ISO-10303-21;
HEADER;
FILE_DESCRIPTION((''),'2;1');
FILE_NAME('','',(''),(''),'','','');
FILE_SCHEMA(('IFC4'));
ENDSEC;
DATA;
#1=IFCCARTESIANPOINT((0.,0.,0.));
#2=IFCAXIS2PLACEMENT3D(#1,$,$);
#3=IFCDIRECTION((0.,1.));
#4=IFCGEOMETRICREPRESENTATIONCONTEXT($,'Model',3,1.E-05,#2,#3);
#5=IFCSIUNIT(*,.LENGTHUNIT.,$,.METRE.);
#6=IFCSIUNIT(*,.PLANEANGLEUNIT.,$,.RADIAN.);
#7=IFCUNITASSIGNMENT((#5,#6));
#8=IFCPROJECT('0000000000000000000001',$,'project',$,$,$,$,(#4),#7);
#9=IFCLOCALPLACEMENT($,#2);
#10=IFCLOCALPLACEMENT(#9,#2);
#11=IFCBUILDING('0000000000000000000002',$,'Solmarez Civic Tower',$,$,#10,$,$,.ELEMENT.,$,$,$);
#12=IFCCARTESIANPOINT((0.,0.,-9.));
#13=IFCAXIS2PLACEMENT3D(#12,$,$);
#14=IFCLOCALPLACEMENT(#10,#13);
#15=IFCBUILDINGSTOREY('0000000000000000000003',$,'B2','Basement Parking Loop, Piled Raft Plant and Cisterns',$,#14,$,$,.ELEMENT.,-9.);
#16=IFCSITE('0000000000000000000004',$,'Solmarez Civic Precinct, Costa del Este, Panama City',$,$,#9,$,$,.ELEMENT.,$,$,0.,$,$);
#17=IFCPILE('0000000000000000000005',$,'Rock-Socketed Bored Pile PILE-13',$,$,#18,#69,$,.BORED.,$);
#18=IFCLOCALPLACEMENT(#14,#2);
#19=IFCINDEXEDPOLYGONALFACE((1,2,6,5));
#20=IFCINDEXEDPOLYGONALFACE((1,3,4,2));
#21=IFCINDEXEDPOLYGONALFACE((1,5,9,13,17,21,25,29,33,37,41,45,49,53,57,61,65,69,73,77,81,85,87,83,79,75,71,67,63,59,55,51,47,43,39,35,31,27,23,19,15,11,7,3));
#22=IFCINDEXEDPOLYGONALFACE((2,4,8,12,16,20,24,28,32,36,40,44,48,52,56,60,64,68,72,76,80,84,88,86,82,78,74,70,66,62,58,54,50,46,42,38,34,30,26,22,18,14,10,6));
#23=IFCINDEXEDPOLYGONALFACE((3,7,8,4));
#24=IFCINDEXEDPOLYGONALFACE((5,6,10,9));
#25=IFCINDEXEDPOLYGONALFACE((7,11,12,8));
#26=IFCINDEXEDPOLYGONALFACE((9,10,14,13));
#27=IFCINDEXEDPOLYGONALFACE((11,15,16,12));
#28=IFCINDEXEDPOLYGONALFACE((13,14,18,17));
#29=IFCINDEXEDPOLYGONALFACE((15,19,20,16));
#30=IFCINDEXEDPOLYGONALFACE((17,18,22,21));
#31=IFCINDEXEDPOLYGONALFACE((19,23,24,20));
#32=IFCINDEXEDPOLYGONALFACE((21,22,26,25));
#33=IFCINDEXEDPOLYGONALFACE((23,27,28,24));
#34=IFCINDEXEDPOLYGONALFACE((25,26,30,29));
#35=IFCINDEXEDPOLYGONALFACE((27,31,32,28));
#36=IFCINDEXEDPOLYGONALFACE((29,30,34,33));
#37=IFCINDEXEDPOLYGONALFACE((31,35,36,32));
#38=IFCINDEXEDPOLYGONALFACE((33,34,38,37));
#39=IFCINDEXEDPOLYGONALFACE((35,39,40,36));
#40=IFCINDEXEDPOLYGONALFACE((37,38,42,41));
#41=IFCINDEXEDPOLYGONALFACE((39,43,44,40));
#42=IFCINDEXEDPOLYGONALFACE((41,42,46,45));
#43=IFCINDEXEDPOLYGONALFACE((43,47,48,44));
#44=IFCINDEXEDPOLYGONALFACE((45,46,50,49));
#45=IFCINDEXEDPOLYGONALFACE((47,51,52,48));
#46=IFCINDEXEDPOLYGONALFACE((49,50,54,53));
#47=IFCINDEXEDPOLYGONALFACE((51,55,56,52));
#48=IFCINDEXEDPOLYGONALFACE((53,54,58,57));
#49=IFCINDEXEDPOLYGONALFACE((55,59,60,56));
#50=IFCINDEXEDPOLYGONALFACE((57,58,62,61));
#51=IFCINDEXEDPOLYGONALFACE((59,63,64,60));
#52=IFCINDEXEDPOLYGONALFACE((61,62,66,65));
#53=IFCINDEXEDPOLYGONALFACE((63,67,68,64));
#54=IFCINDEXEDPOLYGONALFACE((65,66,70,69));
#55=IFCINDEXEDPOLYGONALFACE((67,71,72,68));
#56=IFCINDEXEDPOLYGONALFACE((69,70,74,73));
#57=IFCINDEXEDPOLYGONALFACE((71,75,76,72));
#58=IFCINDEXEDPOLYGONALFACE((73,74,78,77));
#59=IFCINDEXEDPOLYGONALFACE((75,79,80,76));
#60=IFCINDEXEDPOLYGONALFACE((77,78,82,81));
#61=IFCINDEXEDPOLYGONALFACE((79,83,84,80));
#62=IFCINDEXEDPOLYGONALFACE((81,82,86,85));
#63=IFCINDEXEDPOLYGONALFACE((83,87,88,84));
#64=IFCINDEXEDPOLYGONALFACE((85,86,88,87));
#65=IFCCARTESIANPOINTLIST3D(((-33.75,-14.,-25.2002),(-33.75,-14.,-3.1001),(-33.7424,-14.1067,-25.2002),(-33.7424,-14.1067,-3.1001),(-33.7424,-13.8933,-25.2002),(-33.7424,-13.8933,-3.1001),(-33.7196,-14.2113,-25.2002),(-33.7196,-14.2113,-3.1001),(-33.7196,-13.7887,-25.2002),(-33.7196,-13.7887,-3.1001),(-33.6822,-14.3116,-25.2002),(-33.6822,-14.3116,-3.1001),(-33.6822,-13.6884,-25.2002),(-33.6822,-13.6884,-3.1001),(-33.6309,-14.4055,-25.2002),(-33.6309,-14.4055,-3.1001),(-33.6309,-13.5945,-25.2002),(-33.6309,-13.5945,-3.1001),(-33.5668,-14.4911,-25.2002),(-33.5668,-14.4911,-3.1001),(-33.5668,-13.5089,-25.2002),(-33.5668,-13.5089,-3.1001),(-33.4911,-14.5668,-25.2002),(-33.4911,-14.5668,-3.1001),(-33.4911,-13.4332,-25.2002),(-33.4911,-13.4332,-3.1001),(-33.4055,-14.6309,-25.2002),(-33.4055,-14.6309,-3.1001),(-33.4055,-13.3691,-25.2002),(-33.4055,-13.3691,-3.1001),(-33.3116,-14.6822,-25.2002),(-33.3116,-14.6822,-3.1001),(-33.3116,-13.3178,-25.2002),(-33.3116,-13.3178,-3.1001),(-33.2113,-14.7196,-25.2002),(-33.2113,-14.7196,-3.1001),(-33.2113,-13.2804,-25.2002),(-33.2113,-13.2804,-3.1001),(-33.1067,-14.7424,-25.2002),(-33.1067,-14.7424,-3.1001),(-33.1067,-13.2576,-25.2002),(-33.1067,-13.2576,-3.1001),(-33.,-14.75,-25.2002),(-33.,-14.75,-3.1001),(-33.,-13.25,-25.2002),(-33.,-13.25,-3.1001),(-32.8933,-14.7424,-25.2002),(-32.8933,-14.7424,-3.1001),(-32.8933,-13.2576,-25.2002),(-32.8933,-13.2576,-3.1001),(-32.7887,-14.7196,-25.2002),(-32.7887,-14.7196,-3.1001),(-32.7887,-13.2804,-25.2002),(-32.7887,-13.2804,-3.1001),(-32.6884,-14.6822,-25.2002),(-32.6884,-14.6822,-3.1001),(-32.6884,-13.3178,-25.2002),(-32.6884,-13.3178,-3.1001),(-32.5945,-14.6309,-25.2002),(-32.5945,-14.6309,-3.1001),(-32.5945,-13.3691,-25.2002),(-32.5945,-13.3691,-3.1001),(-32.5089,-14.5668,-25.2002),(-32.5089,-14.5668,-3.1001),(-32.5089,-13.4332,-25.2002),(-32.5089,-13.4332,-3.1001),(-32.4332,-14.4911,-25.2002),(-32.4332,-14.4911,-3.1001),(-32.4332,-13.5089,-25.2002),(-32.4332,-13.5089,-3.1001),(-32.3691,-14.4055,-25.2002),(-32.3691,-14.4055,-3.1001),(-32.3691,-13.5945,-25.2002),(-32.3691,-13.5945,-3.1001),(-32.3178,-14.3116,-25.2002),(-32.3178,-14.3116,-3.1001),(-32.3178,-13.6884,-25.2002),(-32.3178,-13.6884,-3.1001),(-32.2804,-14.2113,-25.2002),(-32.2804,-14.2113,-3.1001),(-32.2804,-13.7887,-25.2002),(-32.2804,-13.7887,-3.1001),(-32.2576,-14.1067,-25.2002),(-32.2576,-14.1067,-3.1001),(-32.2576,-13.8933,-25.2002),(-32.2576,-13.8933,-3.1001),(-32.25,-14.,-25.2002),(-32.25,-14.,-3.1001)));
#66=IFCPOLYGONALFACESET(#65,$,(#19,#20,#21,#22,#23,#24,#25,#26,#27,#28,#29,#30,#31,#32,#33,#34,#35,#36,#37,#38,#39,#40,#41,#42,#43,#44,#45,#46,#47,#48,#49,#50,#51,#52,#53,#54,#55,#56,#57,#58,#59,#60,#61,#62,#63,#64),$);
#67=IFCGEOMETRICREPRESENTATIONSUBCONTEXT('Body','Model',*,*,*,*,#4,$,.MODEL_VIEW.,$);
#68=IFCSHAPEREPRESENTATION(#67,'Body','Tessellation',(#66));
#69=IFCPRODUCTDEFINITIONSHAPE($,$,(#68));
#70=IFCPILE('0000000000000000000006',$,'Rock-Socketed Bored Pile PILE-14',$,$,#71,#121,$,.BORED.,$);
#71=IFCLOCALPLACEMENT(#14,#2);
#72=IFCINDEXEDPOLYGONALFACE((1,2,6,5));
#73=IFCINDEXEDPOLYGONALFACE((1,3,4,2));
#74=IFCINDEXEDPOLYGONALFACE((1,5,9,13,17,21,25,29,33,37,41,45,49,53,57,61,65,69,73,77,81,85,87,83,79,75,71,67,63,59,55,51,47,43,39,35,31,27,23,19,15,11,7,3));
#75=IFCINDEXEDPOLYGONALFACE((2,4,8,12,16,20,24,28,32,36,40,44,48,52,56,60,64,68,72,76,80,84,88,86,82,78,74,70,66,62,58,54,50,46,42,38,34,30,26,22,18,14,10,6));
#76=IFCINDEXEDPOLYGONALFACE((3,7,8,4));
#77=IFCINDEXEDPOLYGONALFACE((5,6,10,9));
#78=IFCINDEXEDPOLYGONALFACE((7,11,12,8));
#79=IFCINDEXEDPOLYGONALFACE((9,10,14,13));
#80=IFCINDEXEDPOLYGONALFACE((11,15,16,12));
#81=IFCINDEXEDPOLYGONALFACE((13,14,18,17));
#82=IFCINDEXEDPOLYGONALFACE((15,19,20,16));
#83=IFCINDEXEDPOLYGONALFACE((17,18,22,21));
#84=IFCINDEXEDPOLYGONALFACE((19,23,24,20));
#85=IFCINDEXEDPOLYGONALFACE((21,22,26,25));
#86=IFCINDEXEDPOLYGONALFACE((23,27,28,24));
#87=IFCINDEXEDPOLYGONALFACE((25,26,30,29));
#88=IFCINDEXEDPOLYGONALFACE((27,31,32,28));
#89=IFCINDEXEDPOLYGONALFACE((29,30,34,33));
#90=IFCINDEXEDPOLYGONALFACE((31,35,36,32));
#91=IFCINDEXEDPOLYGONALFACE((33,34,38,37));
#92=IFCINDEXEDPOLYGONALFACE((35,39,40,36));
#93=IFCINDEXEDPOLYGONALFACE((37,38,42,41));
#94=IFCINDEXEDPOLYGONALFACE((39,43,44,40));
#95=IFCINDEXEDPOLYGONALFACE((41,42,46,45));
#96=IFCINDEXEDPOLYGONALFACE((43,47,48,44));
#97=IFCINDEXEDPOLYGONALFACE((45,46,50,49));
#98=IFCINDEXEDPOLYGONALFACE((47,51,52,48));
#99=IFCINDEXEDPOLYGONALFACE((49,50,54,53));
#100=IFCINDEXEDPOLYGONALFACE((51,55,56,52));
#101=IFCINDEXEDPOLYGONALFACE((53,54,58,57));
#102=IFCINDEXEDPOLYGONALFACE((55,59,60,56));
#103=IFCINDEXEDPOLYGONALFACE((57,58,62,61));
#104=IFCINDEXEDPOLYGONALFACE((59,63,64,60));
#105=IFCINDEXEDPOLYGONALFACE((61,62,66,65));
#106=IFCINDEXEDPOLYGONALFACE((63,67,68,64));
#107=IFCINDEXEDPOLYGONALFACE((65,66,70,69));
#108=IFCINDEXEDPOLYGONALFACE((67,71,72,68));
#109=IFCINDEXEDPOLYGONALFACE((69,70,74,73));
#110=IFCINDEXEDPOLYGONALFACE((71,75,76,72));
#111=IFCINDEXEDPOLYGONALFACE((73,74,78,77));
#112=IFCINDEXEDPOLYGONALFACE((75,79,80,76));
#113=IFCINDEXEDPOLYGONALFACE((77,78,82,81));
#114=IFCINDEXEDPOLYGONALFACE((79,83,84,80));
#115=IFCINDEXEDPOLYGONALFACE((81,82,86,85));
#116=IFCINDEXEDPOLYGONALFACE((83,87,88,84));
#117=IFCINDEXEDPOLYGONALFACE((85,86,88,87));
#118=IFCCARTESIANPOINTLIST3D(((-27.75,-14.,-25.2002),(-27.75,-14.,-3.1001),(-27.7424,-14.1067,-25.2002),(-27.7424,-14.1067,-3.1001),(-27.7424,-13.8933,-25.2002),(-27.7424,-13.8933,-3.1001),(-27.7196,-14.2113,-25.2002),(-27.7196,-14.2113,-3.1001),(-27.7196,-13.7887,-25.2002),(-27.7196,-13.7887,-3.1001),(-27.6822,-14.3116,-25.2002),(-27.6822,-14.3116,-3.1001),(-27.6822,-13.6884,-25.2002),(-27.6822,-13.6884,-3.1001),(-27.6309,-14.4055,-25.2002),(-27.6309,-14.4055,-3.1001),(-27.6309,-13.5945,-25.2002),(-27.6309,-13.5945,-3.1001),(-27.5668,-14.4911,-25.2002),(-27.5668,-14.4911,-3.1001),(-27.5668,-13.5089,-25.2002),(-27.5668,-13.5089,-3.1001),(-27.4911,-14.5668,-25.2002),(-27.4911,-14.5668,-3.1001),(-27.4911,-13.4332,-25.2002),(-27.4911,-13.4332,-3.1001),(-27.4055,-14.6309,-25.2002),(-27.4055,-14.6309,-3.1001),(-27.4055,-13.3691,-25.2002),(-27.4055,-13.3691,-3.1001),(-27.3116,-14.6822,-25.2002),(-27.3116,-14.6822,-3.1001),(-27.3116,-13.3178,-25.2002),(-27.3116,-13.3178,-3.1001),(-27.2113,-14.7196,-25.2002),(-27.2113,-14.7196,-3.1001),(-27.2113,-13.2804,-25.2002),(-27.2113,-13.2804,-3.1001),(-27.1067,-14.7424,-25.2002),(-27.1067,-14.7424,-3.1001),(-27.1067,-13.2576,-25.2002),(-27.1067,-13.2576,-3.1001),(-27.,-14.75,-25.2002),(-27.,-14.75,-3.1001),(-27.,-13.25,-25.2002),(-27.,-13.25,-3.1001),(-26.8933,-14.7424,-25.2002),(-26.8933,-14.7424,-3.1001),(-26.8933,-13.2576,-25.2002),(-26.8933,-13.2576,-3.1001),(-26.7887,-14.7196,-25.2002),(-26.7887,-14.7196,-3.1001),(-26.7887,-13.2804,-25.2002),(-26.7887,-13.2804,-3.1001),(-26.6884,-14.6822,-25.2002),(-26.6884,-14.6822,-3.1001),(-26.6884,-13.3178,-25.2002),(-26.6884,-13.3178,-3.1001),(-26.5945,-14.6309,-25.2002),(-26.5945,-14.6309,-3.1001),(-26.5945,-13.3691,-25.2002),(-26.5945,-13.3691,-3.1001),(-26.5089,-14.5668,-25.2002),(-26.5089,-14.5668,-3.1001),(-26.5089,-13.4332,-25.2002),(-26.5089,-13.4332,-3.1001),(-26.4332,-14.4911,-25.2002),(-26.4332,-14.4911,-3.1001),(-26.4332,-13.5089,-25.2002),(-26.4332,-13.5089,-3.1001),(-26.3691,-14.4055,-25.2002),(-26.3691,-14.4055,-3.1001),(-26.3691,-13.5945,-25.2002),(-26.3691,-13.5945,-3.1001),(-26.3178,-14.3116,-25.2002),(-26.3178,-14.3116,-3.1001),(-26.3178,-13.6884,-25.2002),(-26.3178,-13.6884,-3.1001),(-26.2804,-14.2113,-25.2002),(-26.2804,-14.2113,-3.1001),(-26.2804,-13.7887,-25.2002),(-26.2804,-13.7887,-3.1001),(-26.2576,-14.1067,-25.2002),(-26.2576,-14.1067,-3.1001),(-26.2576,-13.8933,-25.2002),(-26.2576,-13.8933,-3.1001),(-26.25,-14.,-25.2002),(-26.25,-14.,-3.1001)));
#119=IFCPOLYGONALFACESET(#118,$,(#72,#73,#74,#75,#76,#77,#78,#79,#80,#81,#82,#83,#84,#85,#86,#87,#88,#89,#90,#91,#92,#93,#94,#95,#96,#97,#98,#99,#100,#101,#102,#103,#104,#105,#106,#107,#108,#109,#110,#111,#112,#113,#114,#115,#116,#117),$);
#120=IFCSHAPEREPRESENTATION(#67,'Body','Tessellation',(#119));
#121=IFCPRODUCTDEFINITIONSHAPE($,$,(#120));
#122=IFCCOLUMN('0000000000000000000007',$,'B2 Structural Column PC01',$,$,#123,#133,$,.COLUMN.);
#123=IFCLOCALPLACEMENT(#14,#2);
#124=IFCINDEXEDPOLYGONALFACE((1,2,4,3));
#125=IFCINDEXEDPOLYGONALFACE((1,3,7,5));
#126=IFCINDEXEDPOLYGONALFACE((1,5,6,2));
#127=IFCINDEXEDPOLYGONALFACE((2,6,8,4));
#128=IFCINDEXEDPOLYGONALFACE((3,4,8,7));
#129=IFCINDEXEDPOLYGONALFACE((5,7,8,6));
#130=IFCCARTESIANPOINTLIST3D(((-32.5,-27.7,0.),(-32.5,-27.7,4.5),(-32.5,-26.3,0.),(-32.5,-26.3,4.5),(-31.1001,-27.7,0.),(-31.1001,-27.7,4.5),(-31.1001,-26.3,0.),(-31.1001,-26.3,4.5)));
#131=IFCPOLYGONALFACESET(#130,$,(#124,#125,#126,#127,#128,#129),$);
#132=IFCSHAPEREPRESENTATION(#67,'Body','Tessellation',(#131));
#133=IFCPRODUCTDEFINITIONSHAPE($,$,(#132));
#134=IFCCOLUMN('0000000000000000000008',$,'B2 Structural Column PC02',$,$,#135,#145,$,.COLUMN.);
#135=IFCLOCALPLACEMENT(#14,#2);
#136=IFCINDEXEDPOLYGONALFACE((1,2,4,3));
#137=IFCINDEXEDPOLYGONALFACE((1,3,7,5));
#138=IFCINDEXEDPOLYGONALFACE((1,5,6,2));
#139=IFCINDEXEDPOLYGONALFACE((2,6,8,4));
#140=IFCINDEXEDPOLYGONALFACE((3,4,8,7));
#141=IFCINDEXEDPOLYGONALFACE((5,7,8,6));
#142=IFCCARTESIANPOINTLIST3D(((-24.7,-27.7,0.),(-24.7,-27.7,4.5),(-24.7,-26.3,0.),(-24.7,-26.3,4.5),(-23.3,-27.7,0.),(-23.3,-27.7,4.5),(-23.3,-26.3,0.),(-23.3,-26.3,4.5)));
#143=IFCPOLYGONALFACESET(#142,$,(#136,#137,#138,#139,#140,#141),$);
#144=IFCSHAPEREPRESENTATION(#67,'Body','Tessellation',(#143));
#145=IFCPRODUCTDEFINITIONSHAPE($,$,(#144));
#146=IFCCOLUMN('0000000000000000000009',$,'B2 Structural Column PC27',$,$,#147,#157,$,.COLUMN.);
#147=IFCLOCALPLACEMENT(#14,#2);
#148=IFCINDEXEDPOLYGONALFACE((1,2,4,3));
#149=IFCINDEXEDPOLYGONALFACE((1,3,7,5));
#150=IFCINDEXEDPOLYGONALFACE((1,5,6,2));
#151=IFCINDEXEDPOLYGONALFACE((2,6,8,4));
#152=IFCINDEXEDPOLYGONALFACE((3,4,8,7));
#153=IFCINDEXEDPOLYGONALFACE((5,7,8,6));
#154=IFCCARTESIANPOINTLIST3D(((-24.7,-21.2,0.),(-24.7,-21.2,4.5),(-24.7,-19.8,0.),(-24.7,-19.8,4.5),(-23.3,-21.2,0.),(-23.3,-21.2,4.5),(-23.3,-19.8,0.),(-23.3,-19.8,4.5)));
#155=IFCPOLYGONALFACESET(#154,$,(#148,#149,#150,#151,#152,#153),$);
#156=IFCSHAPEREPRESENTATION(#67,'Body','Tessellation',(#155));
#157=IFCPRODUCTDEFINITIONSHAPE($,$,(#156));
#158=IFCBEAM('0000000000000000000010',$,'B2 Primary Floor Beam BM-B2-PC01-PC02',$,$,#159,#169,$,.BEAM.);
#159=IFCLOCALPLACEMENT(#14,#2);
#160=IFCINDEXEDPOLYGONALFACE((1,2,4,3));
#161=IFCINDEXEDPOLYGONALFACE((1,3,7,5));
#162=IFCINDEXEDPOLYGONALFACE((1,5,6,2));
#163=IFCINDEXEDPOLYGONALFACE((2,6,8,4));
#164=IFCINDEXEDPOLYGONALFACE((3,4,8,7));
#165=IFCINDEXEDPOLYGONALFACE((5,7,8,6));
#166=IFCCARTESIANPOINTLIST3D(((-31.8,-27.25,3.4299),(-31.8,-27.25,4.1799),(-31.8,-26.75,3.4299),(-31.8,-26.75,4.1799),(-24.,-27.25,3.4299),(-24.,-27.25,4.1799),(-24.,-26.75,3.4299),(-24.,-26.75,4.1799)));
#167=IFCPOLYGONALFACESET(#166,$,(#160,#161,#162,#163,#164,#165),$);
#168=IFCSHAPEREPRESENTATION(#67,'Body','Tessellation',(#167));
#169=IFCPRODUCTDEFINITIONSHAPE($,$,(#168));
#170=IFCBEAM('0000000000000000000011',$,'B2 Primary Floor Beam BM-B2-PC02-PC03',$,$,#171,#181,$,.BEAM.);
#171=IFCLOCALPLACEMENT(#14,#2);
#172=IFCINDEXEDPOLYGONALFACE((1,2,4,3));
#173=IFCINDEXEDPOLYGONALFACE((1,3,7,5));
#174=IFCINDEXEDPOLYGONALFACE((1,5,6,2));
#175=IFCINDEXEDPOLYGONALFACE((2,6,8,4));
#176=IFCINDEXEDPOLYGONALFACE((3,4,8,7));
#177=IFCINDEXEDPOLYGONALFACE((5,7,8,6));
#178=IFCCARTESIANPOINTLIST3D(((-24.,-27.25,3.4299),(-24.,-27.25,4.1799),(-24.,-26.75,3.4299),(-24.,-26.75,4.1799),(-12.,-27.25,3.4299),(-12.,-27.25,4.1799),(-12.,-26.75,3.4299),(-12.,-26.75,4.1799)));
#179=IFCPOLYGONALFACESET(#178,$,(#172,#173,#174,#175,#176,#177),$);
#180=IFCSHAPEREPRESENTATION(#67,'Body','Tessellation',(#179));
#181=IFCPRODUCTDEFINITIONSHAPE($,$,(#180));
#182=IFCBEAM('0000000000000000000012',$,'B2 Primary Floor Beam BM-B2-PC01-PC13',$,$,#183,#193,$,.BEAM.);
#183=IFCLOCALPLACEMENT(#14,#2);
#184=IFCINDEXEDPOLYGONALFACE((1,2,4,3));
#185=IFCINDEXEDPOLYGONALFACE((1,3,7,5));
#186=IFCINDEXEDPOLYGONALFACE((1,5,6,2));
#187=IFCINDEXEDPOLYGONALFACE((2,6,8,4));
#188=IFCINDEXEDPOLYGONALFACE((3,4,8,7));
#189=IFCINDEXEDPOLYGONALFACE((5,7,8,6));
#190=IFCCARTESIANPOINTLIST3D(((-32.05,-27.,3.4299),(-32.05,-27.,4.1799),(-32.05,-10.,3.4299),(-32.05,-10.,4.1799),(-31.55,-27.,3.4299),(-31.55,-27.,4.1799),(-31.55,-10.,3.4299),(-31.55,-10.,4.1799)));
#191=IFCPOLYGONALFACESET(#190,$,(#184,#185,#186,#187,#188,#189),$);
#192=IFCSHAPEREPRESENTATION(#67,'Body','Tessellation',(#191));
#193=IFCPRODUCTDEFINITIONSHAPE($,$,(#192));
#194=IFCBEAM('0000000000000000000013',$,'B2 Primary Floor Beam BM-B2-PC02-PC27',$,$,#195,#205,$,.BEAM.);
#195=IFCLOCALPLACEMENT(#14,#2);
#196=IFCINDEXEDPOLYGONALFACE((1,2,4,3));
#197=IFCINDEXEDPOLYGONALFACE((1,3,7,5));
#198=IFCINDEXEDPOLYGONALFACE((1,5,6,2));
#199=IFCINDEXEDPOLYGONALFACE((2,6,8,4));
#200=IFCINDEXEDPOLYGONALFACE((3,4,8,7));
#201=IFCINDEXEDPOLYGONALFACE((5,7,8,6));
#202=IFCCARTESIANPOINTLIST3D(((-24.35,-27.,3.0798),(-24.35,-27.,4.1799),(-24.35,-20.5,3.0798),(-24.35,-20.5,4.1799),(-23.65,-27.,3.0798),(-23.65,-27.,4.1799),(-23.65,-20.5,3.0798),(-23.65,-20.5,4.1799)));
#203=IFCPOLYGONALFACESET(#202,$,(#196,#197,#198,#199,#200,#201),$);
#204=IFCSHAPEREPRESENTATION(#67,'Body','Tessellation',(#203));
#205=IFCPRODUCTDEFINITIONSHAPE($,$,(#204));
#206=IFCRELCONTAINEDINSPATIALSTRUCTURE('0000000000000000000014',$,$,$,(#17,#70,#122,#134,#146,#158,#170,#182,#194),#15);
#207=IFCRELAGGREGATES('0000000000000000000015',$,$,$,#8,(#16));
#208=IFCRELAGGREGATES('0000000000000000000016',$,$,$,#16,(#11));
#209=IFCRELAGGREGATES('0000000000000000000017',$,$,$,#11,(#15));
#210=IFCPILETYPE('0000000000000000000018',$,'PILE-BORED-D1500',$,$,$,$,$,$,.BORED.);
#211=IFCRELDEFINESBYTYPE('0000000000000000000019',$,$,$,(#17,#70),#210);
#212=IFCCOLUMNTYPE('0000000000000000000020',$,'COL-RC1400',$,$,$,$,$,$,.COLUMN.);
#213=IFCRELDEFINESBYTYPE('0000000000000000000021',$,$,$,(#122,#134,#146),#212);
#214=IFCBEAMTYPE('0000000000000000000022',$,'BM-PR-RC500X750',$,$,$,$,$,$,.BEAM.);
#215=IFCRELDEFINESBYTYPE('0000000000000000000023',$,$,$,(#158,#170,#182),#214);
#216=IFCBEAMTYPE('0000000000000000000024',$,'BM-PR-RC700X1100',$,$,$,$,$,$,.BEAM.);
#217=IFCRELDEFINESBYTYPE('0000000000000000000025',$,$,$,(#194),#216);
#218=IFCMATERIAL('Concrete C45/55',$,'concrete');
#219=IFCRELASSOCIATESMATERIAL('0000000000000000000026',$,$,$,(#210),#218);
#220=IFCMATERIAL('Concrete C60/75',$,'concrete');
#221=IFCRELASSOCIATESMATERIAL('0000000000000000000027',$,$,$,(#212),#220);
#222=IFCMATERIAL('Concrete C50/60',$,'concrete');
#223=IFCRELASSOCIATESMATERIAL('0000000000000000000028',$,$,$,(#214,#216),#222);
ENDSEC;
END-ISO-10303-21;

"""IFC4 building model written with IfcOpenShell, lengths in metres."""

from ifc_helpers import new_model, si_unit, direction, frame, origin, origin_2d, place, context, subcontext, project, spatial, rectangle, circle, extrude, material, material_profile, profile_set, type_object, element, save


model = new_model("IFC4")

# Units and contexts
model_context = context("Model", 3, precision=1e-05, world=origin(), true_north=direction((0.0, 1.0)))
body_context = subcontext(model_context, "Body", "Model", "MODEL_VIEW")
ifc_project = project(units=[si_unit("LENGTHUNIT", "METRE"), si_unit("PLANEANGLEUNIT", "RADIAN")], contexts=[model_context])

# Site, building, storey
site_placement = place(None, origin())
site = spatial("IfcSite", under=ifc_project, at=site_placement, Name="Solmarez Civic Precinct, Costa del Este, Panama City", CompositionType="ELEMENT", RefElevation=0.0)
building_placement = place(site_placement, origin())
building = spatial("IfcBuilding", under=site, at=building_placement, Name="Solmarez Civic Tower", CompositionType="ELEMENT")
storey_placement = place(building_placement, frame((0.0, 0.0, -9.0)))
storey = spatial("IfcBuildingStorey", under=building, at=storey_placement, Name="B2", Description="Basement Parking Loop, Piled Raft Plant and Cisterns", CompositionType="ELEMENT", Elevation=-9.0)

# Piles
ifc_material_1 = material(Name="Concrete C45/55", Category="concrete")
ifc_material_profile_1 = material_profile(ifc_material_1, circle(Radius=0.75, at=origin_2d()), Name="PILE-D1500")
ifc_profile_set_1 = profile_set([ifc_material_profile_1], Name="Concrete C45/55")
pile_type = type_object("IfcPileType", Name="PILE-BORED-D1500", PredefinedType="BORED", material=ifc_profile_set_1)
for number, where, z_axis, x_axis, name in (
    (1, (-33.0, -14.0, -3.1001), (0.0, 0.0, -1.0), (1.0, 0.0, 0.0), "Rock-Socketed Bored Pile PILE-13"),
    (2, (-27.0, -14.0, -3.1001), (0.0, 0.0, -1.0), (1.0, 0.0, 0.0), "Rock-Socketed Bored Pile PILE-14"),
):
    element("IfcPile", number, at=place(storey_placement, frame(where, z_axis=z_axis, x_axis=x_axis)), inside=storey, type_object=pile_type, Name=name, PredefinedType="BORED", context=body_context, shape_type="SweptSolid", body=[
        extrude(circle(Radius=0.75, at=origin_2d()), origin(), (0.0, 0.0, 1.0), 22.1001),
    ])

# Columns
ifc_material_2 = material(Name="Concrete C60/75", Category="concrete")
ifc_material_profile_2 = material_profile(ifc_material_2, rectangle(XDim=1.3999, YDim=1.3999, at=origin_2d()), Name="RC1400X1400")
ifc_profile_set_2 = profile_set([ifc_material_profile_2], Name="Concrete C60/75")
column_type = type_object("IfcColumnType", Name="COL-RC1400", PredefinedType="COLUMN", material=ifc_profile_set_2)
for number, where, z_axis, x_axis, name in (
    (3, (-31.8, -27.0, 0.0), (0.0, 0.0, 1.0), (1.0, 0.0, 0.0), "B2 Structural Column PC01"),
    (4, (-24.0, -27.0, 0.0), (0.0, 0.0, 1.0), (1.0, 0.0, 0.0), "B2 Structural Column PC02"),
    (5, (-24.0, -20.5, 0.0), (0.0, 0.0, 1.0), (1.0, 0.0, 0.0), "B2 Structural Column PC27"),
):
    element("IfcColumn", number, at=place(storey_placement, frame(where, z_axis=z_axis, x_axis=x_axis)), inside=storey, type_object=column_type, Name=name, PredefinedType="COLUMN", context=body_context, shape_type="SweptSolid", body=[
        extrude(rectangle(XDim=1.3999, YDim=1.3999, at=origin_2d()), origin(), (0.0, 0.0, 1.0), 4.5),
    ])

# Beams
ifc_material_3 = material(Name="Concrete C50/60", Category="concrete")
ifc_material_profile_3 = material_profile(ifc_material_3, rectangle(XDim=0.5, YDim=0.75, at=origin_2d()), Name="RC500X750")
ifc_profile_set_3 = profile_set([ifc_material_profile_3], Name="Concrete C50/60")
beam_type_1 = type_object("IfcBeamType", Name="BM-PR-RC500X750", PredefinedType="BEAM", material=ifc_profile_set_3)
beam_1_placement = place(storey_placement, frame((-31.8, -27.0, 3.8049), z_axis=(1.0, 0.0, 0.0), x_axis=(0.0, 1.0, 0.0)))
element("IfcBeam", 6, at=beam_1_placement, inside=storey, type_object=beam_type_1, Name="B2 Primary Floor Beam BM-B2-PC01-PC02", PredefinedType="BEAM", context=body_context, shape_type="SweptSolid", body=[
    extrude(rectangle(XDim=0.5, YDim=0.75, at=origin_2d()), origin(), (0.0, 0.0, 1.0), 7.8),
])
beam_2_placement = place(storey_placement, frame((-24.0, -27.0, 3.8049), z_axis=(1.0, 0.0, 0.0), x_axis=(0.0, 1.0, 0.0)))
element("IfcBeam", 7, at=beam_2_placement, inside=storey, type_object=beam_type_1, Name="B2 Primary Floor Beam BM-B2-PC02-PC03", PredefinedType="BEAM", context=body_context, shape_type="SweptSolid", body=[
    extrude(rectangle(XDim=0.5, YDim=0.75, at=origin_2d()), origin(), (0.0, 0.0, 1.0), 12.0),
])
beam_3_placement = place(storey_placement, frame((-31.8, -27.0, 3.8049), z_axis=(0.0, 1.0, 0.0), x_axis=(-1.0, 0.0, 0.0)))
element("IfcBeam", 8, at=beam_3_placement, inside=storey, type_object=beam_type_1, Name="B2 Primary Floor Beam BM-B2-PC01-PC13", PredefinedType="BEAM", context=body_context, shape_type="SweptSolid", body=[
    extrude(rectangle(XDim=0.5, YDim=0.75, at=origin_2d()), origin(), (0.0, 0.0, 1.0), 17.0),
])
ifc_material_profile_4 = material_profile(ifc_material_3, rectangle(XDim=0.7, YDim=1.1001, at=origin_2d()), Name="RC700X1100")
ifc_profile_set_4 = profile_set([ifc_material_profile_4], Name="Concrete C50/60")
beam_type_2 = type_object("IfcBeamType", Name="BM-PR-RC700X1100", PredefinedType="BEAM", material=ifc_profile_set_4)
beam_4_placement = place(storey_placement, frame((-24.0, -27.0, 3.6299), z_axis=(0.0, 1.0, 0.0), x_axis=(-1.0, 0.0, 0.0)))
element("IfcBeam", 9, at=beam_4_placement, inside=storey, type_object=beam_type_2, Name="B2 Primary Floor Beam BM-B2-PC02-PC27", PredefinedType="BEAM", context=body_context, shape_type="SweptSolid", body=[
    extrude(rectangle(XDim=0.7, YDim=1.1001, at=origin_2d()), origin(), (0.0, 0.0, 1.0), 6.5),
])

save(model, "model.ifc")
